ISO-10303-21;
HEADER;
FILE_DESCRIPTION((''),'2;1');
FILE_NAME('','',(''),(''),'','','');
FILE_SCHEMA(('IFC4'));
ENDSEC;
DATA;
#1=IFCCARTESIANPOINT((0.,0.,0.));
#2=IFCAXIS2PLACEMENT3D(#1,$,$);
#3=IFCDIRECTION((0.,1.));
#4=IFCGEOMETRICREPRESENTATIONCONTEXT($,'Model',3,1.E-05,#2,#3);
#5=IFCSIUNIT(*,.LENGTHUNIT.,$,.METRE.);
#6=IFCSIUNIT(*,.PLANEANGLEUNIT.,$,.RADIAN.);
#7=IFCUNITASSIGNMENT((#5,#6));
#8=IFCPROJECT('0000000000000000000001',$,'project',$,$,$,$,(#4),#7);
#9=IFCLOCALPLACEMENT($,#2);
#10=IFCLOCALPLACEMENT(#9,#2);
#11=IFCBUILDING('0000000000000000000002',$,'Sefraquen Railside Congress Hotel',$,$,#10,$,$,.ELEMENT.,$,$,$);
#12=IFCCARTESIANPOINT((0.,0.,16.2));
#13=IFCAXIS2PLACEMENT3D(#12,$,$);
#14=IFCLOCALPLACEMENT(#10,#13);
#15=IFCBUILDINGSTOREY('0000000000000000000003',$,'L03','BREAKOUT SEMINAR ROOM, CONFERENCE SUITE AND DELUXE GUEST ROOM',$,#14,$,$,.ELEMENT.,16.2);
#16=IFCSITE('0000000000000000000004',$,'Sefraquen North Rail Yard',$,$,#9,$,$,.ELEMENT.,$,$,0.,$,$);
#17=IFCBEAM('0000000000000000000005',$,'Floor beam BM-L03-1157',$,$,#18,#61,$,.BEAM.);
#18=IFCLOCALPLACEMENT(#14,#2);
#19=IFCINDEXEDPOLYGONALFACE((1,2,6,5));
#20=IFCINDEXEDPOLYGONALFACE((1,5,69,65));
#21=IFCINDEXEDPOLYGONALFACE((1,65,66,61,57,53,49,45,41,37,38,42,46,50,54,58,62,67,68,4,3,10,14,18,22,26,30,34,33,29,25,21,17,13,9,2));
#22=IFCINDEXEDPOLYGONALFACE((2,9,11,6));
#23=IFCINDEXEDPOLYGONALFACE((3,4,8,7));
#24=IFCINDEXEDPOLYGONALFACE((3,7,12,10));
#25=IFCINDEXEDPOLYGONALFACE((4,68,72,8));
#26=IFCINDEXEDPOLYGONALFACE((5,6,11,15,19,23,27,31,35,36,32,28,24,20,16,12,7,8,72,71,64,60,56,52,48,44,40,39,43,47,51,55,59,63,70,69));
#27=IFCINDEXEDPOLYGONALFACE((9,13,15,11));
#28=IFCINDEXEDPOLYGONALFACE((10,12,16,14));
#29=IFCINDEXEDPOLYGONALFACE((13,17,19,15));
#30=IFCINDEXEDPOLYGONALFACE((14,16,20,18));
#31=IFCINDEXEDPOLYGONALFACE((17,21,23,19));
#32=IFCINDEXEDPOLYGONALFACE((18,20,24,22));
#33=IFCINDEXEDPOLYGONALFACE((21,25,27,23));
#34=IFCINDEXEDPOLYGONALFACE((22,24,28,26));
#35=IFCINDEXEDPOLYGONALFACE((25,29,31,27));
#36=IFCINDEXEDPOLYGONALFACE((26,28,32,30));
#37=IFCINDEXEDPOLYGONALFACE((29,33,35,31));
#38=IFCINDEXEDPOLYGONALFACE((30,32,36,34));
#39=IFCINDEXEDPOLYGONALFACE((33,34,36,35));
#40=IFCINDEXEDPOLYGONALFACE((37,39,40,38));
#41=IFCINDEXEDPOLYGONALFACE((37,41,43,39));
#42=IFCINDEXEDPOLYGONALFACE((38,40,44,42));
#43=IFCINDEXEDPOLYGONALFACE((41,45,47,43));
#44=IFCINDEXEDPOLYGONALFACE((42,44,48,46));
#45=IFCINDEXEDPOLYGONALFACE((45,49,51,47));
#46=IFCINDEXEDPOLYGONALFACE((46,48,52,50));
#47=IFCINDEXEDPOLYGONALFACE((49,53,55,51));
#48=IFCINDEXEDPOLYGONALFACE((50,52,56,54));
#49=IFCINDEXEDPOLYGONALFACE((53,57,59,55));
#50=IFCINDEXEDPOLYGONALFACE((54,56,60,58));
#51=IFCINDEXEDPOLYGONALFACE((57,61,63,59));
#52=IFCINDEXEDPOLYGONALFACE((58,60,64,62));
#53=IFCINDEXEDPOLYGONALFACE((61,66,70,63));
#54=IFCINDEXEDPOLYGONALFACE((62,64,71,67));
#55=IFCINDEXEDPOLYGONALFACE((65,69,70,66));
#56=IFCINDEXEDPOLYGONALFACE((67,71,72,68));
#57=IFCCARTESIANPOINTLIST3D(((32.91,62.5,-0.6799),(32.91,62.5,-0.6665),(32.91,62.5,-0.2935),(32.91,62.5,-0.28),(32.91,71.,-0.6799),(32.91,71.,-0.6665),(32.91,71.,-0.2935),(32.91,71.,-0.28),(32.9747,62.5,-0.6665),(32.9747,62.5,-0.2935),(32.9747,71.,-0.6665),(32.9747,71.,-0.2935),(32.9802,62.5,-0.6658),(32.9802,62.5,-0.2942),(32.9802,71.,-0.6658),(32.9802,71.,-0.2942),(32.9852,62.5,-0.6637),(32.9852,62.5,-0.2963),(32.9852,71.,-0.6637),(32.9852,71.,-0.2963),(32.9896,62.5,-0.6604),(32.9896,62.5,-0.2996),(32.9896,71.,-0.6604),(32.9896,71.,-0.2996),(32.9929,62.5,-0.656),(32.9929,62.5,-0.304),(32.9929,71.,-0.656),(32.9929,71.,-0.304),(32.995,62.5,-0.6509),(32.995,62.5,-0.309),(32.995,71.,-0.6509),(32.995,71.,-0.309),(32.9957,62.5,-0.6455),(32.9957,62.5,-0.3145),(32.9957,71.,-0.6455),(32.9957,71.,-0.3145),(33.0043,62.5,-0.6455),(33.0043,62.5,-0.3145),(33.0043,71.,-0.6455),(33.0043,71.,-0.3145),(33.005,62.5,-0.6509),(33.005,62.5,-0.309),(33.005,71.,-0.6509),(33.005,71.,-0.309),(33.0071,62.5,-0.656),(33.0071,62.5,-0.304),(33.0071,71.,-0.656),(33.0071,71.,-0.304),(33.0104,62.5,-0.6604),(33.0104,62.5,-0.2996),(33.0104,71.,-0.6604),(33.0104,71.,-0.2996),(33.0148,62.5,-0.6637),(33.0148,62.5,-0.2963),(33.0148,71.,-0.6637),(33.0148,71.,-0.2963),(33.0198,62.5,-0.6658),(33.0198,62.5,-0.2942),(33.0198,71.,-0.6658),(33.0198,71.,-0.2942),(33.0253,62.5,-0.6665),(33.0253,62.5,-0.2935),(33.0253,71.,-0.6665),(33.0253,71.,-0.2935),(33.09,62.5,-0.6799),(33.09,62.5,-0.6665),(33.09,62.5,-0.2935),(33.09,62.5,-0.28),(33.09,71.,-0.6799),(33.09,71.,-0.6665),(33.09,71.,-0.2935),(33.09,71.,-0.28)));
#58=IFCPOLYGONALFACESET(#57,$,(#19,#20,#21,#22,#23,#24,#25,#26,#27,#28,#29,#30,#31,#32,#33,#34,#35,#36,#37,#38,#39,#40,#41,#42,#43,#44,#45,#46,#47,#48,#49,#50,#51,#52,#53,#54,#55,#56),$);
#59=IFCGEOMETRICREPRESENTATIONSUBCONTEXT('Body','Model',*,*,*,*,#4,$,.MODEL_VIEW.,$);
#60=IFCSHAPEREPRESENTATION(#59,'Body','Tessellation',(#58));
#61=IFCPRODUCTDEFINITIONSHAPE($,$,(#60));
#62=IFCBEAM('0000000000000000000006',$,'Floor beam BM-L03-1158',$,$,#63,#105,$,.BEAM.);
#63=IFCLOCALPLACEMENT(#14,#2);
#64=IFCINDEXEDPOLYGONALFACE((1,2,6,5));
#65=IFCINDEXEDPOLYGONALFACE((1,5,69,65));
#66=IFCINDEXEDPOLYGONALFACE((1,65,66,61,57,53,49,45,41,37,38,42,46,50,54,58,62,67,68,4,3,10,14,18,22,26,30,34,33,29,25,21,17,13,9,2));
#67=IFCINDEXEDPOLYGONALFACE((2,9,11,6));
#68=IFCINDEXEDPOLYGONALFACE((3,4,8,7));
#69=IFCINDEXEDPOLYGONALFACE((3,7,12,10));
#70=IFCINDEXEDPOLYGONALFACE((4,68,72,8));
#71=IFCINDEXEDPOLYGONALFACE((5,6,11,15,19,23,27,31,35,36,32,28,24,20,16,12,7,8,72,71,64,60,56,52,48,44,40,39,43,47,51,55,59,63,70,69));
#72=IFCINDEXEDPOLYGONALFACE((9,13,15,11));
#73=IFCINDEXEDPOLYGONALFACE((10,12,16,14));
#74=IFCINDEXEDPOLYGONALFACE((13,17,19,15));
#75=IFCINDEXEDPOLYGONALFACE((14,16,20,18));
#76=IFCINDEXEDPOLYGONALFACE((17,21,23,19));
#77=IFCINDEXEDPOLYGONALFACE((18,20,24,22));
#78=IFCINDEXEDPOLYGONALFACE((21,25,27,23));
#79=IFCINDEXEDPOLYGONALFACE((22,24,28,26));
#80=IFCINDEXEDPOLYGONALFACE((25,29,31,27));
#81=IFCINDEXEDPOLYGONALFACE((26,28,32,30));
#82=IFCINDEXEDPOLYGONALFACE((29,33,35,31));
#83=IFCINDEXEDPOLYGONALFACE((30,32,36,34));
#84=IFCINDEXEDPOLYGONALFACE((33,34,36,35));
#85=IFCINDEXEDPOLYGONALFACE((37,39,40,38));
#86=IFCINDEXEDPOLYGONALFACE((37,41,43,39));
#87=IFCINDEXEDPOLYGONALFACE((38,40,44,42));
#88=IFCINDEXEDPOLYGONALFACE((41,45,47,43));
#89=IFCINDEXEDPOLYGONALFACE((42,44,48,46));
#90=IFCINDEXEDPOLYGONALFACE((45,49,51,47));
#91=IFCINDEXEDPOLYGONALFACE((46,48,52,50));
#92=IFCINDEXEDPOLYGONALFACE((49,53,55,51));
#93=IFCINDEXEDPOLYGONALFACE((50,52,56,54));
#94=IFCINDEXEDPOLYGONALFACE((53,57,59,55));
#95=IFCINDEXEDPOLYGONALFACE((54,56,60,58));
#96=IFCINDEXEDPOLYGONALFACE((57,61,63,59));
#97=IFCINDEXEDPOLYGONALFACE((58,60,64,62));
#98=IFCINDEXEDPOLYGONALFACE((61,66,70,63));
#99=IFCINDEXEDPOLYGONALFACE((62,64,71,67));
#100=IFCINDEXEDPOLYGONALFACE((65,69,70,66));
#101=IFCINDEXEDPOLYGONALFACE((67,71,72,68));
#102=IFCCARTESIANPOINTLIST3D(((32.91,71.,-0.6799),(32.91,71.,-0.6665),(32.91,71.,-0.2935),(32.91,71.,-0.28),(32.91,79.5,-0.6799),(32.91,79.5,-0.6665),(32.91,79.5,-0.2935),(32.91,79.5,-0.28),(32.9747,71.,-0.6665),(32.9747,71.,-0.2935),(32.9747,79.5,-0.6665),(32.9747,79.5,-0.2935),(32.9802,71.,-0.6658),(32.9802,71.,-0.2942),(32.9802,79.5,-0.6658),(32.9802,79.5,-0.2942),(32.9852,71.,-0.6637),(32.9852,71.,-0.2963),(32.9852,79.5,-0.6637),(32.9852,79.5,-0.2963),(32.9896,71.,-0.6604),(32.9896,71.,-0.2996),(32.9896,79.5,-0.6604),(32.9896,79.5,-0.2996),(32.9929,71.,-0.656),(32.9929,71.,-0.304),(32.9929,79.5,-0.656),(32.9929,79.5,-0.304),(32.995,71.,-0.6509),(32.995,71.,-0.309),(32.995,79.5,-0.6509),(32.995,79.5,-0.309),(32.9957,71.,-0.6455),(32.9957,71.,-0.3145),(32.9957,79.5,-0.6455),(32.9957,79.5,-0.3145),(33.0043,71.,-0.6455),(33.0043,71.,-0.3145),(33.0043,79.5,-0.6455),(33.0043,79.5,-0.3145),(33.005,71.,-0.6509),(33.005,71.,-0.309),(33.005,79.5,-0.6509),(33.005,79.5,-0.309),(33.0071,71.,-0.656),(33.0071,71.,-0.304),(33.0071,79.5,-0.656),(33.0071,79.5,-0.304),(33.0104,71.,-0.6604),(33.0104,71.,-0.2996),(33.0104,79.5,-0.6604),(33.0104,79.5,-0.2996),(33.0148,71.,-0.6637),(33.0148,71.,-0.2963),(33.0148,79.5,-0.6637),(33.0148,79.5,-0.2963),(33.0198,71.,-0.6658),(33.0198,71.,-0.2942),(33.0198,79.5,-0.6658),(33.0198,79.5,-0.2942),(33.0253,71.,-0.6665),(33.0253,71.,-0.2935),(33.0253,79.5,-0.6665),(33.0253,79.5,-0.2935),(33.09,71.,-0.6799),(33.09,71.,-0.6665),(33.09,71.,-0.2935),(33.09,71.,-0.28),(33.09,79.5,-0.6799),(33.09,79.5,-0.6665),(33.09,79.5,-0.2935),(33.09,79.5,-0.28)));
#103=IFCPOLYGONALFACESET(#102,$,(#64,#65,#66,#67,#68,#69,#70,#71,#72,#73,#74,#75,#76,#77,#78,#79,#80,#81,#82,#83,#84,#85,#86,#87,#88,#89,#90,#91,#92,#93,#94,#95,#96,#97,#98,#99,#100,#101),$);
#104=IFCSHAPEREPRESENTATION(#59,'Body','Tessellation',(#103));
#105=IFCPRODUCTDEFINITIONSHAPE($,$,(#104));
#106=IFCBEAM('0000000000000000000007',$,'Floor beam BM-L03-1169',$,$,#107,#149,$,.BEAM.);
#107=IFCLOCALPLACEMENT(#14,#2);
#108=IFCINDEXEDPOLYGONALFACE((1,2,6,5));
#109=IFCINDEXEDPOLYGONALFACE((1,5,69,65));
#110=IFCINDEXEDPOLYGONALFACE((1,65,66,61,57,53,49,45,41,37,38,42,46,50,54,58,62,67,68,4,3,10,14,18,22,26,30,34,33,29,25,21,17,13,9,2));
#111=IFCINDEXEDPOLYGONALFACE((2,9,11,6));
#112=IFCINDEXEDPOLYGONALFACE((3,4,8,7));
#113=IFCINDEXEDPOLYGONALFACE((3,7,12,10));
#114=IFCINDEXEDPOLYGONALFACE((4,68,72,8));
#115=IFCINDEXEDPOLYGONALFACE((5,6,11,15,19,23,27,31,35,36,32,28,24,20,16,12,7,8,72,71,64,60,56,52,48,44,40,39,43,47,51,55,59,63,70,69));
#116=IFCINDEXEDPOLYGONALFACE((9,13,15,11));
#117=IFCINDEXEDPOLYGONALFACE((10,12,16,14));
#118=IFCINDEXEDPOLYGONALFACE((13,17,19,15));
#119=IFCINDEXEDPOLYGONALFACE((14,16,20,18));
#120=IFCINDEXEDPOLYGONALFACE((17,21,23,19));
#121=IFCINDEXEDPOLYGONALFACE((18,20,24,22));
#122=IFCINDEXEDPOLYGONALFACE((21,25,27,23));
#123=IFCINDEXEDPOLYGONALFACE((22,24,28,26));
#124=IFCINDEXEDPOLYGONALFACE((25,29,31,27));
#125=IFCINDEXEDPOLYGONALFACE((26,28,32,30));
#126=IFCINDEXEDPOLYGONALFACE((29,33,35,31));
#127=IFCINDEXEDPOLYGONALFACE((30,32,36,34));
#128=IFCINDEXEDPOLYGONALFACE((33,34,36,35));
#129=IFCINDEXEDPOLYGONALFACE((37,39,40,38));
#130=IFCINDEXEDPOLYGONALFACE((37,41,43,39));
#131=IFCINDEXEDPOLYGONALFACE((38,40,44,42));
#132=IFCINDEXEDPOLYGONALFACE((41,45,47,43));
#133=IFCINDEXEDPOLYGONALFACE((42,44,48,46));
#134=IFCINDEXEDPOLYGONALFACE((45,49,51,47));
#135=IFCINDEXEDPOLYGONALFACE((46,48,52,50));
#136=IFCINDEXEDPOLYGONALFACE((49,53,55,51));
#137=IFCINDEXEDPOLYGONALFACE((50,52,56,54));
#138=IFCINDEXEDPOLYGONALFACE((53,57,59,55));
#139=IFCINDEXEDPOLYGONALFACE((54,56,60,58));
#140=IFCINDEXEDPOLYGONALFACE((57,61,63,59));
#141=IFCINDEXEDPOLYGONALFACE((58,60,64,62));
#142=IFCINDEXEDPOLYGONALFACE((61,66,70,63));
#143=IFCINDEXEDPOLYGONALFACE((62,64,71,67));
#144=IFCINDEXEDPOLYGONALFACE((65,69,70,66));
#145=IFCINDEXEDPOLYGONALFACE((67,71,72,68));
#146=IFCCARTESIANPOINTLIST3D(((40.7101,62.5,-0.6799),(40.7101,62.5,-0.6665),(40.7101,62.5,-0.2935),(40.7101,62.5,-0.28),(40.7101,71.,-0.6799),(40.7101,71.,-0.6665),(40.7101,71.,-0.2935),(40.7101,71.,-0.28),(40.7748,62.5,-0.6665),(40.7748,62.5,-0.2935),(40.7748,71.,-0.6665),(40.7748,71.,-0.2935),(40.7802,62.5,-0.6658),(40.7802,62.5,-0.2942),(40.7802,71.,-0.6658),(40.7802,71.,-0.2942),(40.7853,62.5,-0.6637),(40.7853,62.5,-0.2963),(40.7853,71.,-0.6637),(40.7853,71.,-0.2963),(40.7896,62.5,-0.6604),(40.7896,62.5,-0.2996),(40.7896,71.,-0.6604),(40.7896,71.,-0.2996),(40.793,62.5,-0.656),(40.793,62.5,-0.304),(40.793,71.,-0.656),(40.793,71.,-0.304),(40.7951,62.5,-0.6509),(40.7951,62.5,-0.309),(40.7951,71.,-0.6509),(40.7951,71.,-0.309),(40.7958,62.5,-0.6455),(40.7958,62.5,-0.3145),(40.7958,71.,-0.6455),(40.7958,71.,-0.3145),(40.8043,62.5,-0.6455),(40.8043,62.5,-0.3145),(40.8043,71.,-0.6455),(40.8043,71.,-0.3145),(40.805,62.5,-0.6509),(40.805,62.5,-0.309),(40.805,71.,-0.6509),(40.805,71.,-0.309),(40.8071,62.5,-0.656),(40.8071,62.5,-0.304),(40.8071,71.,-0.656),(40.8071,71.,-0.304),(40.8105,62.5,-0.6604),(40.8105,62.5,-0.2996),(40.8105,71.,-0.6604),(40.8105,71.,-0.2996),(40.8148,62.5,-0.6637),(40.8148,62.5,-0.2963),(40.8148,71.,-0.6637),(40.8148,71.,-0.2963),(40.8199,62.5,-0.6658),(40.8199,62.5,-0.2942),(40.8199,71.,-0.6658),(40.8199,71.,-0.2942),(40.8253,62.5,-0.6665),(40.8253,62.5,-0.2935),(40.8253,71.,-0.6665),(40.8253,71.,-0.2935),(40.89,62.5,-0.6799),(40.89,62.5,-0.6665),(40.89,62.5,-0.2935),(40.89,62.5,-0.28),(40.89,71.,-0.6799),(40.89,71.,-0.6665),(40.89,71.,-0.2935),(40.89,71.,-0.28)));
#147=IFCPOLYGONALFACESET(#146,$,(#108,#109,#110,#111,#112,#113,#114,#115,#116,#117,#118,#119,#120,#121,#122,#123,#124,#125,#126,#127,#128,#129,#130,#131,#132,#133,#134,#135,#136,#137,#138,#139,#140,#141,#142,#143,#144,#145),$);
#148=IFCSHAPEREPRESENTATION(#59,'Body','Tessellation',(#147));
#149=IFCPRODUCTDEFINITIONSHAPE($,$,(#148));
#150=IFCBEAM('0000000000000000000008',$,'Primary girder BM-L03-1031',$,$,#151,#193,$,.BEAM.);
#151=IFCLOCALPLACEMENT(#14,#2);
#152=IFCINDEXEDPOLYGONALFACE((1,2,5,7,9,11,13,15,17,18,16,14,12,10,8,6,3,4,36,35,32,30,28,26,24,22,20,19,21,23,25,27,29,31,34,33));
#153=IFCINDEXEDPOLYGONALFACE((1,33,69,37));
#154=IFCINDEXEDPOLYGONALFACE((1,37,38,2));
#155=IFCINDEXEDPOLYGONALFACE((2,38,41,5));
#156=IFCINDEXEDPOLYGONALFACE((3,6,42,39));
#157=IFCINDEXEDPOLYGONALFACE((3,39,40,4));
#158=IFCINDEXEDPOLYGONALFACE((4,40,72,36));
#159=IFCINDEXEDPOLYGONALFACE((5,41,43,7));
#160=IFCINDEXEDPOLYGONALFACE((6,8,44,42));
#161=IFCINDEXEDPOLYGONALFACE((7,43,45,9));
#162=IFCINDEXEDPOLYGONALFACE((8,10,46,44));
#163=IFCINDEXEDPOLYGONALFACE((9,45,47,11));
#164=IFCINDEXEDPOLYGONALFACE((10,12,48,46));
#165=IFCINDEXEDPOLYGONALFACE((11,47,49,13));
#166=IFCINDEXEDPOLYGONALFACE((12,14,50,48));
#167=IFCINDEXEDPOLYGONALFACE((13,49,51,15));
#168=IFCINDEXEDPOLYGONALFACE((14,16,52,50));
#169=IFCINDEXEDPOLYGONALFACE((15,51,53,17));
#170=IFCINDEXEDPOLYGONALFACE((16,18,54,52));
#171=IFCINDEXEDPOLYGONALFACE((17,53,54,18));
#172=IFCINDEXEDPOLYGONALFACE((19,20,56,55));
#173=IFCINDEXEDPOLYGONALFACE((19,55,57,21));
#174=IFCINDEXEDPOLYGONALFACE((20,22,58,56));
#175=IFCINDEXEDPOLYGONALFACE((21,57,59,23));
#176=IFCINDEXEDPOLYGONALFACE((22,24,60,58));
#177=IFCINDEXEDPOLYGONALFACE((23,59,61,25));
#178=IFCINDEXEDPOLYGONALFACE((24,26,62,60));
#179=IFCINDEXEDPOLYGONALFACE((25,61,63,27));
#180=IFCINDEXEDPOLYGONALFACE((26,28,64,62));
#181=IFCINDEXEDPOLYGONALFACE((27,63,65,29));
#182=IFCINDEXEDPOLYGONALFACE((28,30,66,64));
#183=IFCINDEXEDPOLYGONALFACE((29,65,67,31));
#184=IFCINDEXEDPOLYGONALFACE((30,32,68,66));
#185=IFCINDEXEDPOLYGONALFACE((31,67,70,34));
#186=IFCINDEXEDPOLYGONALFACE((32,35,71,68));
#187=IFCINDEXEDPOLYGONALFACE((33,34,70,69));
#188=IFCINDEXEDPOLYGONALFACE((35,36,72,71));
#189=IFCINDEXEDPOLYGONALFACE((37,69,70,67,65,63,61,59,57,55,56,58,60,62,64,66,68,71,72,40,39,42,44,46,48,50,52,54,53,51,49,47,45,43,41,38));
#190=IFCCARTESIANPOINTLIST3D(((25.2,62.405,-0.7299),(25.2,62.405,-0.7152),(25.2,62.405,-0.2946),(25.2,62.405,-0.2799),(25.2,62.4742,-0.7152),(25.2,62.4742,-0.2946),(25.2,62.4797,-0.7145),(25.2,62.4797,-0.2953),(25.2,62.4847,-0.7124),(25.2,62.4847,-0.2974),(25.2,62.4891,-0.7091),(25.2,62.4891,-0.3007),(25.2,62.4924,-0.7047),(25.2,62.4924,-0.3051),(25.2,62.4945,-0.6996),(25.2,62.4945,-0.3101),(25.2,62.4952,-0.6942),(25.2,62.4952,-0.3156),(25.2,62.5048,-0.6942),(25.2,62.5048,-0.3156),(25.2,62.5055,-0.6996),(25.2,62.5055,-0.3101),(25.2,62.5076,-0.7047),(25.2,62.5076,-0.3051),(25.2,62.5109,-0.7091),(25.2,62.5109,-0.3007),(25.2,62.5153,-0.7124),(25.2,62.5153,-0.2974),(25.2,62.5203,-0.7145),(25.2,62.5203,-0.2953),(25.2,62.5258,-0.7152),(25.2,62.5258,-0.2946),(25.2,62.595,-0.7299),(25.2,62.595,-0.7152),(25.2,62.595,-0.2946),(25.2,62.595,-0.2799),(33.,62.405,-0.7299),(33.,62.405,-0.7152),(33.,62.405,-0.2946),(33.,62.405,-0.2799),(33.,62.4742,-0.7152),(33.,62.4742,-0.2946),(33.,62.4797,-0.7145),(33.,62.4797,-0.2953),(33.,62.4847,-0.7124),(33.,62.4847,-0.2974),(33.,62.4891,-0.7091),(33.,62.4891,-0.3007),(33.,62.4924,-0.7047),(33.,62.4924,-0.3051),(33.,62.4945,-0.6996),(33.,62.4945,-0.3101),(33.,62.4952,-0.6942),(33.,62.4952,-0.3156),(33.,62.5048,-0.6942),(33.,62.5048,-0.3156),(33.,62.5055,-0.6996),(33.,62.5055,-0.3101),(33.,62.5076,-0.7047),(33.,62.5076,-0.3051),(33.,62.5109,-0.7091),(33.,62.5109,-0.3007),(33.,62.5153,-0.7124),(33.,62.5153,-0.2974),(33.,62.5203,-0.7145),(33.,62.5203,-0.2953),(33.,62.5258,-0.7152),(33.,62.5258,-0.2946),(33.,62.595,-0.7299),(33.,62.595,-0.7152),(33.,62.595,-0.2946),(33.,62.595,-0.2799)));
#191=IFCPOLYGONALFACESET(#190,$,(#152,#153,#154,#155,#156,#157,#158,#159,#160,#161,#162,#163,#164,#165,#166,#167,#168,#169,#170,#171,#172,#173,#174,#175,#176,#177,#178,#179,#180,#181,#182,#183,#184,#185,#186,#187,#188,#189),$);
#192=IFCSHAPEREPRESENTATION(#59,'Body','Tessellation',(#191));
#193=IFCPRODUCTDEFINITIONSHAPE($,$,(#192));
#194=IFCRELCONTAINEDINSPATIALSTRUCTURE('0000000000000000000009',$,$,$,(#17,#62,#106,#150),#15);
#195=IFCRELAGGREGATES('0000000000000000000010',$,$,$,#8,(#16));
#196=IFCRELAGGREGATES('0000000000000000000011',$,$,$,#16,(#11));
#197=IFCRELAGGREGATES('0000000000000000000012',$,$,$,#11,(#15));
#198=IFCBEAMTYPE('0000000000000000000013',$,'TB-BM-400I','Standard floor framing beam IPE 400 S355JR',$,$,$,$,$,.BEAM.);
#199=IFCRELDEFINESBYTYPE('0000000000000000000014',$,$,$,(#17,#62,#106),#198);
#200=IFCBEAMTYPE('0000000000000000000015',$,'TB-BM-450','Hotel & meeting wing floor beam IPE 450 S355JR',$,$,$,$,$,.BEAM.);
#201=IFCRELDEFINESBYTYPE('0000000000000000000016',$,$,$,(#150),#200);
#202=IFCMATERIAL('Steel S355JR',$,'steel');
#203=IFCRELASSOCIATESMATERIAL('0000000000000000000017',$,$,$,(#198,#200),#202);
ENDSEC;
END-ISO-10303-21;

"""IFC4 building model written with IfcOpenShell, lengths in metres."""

from ifc_helpers import new_model, si_unit, direction, frame, origin, origin_2d, place, context, subcontext, project, spatial, i_section, extrude, material, material_profile, profile_set, type_object, element, save


model = new_model("IFC4")

# Units and contexts
model_context = context("Model", 3, precision=1e-05, world=origin(), true_north=direction((0.0, 1.0)))
body_context = subcontext(model_context, "Body", "Model", "MODEL_VIEW")
ifc_project = project(units=[si_unit("LENGTHUNIT", "METRE"), si_unit("PLANEANGLEUNIT", "RADIAN")], contexts=[model_context])

# Site, building, storey
site_placement = place(None, origin())
site = spatial("IfcSite", under=ifc_project, at=site_placement, Name="Sefraquen North Rail Yard", CompositionType="ELEMENT", RefElevation=0.0)
building_placement = place(site_placement, origin())
building = spatial("IfcBuilding", under=site, at=building_placement, Name="Sefraquen Railside Congress Hotel", CompositionType="ELEMENT")
storey_placement = place(building_placement, frame((0.0, 0.0, 16.2)))
storey = spatial("IfcBuildingStorey", under=building, at=storey_placement, Name="L03", Description="BREAKOUT SEMINAR ROOM, CONFERENCE SUITE AND DELUXE GUEST ROOM", CompositionType="ELEMENT", Elevation=16.2)

# Shared definitions
ifc_material_1 = material(Name="Steel S355JR", Category="steel")

# Beams
ifc_material_profile_1 = material_profile(ifc_material_1, i_section(OverallWidth=0.1799, OverallDepth=0.3999, WebThickness=0.0085, FlangeThickness=0.0134, FilletRadius=0.021, at=origin_2d()), Name="IPE 400")
ifc_profile_set_1 = profile_set([ifc_material_profile_1], Name="Steel S355JR")
beam_type_1 = type_object("IfcBeamType", Name="TB-BM-400I", Description="Standard floor framing beam IPE 400 S355JR", PredefinedType="BEAM", material=ifc_profile_set_1)
for number, where, z_axis, x_axis, name in (
    (1, (33.0, 62.5, -0.48), (0.0, 1.0, 0.0), (-1.0, 0.0, 0.0), "Floor beam BM-L03-1157"),
    (2, (33.0, 71.0, -0.48), (0.0, 1.0, 0.0), (-1.0, 0.0, 0.0), "Floor beam BM-L03-1158"),
    (3, (40.8, 62.5, -0.48), (0.0, 1.0, 0.0), (-1.0, 0.0, 0.0), "Floor beam BM-L03-1169"),
):
    element("IfcBeam", number, at=place(storey_placement, frame(where, z_axis=z_axis, x_axis=x_axis)), inside=storey, type_object=beam_type_1, Name=name, PredefinedType="BEAM", context=body_context, shape_type="SweptSolid", body=[
        extrude(i_section(OverallWidth=0.1799, OverallDepth=0.3999, WebThickness=0.0085, FlangeThickness=0.0134, FilletRadius=0.021, at=origin_2d()), origin(), (0.0, 0.0, 1.0), 8.5),
    ])
ifc_material_profile_2 = material_profile(ifc_material_1, i_section(OverallWidth=0.1899, OverallDepth=0.45, WebThickness=0.0095, FlangeThickness=0.0146, FilletRadius=0.021, at=origin_2d()), Name="IPE 450")
ifc_profile_set_2 = profile_set([ifc_material_profile_2], Name="Steel S355JR")
beam_type_2 = type_object("IfcBeamType", Name="TB-BM-450", Description="Hotel & meeting wing floor beam IPE 450 S355JR", PredefinedType="BEAM", material=ifc_profile_set_2)
for number, where, z_axis, x_axis, name in (
    (4, (25.2, 62.5, -0.5049), (1.0, 0.0, 0.0), (0.0, 1.0, 0.0), "Primary girder BM-L03-1031"),
):
    element("IfcBeam", number, at=place(storey_placement, frame(where, z_axis=z_axis, x_axis=x_axis)), inside=storey, type_object=beam_type_2, Name=name, PredefinedType="BEAM", context=body_context, shape_type="SweptSolid", body=[
        extrude(i_section(OverallWidth=0.1899, OverallDepth=0.45, WebThickness=0.0095, FlangeThickness=0.0146, FilletRadius=0.021, at=origin_2d()), origin(), (0.0, 0.0, 1.0), 7.8),
    ])

save(model, "model.ifc")
